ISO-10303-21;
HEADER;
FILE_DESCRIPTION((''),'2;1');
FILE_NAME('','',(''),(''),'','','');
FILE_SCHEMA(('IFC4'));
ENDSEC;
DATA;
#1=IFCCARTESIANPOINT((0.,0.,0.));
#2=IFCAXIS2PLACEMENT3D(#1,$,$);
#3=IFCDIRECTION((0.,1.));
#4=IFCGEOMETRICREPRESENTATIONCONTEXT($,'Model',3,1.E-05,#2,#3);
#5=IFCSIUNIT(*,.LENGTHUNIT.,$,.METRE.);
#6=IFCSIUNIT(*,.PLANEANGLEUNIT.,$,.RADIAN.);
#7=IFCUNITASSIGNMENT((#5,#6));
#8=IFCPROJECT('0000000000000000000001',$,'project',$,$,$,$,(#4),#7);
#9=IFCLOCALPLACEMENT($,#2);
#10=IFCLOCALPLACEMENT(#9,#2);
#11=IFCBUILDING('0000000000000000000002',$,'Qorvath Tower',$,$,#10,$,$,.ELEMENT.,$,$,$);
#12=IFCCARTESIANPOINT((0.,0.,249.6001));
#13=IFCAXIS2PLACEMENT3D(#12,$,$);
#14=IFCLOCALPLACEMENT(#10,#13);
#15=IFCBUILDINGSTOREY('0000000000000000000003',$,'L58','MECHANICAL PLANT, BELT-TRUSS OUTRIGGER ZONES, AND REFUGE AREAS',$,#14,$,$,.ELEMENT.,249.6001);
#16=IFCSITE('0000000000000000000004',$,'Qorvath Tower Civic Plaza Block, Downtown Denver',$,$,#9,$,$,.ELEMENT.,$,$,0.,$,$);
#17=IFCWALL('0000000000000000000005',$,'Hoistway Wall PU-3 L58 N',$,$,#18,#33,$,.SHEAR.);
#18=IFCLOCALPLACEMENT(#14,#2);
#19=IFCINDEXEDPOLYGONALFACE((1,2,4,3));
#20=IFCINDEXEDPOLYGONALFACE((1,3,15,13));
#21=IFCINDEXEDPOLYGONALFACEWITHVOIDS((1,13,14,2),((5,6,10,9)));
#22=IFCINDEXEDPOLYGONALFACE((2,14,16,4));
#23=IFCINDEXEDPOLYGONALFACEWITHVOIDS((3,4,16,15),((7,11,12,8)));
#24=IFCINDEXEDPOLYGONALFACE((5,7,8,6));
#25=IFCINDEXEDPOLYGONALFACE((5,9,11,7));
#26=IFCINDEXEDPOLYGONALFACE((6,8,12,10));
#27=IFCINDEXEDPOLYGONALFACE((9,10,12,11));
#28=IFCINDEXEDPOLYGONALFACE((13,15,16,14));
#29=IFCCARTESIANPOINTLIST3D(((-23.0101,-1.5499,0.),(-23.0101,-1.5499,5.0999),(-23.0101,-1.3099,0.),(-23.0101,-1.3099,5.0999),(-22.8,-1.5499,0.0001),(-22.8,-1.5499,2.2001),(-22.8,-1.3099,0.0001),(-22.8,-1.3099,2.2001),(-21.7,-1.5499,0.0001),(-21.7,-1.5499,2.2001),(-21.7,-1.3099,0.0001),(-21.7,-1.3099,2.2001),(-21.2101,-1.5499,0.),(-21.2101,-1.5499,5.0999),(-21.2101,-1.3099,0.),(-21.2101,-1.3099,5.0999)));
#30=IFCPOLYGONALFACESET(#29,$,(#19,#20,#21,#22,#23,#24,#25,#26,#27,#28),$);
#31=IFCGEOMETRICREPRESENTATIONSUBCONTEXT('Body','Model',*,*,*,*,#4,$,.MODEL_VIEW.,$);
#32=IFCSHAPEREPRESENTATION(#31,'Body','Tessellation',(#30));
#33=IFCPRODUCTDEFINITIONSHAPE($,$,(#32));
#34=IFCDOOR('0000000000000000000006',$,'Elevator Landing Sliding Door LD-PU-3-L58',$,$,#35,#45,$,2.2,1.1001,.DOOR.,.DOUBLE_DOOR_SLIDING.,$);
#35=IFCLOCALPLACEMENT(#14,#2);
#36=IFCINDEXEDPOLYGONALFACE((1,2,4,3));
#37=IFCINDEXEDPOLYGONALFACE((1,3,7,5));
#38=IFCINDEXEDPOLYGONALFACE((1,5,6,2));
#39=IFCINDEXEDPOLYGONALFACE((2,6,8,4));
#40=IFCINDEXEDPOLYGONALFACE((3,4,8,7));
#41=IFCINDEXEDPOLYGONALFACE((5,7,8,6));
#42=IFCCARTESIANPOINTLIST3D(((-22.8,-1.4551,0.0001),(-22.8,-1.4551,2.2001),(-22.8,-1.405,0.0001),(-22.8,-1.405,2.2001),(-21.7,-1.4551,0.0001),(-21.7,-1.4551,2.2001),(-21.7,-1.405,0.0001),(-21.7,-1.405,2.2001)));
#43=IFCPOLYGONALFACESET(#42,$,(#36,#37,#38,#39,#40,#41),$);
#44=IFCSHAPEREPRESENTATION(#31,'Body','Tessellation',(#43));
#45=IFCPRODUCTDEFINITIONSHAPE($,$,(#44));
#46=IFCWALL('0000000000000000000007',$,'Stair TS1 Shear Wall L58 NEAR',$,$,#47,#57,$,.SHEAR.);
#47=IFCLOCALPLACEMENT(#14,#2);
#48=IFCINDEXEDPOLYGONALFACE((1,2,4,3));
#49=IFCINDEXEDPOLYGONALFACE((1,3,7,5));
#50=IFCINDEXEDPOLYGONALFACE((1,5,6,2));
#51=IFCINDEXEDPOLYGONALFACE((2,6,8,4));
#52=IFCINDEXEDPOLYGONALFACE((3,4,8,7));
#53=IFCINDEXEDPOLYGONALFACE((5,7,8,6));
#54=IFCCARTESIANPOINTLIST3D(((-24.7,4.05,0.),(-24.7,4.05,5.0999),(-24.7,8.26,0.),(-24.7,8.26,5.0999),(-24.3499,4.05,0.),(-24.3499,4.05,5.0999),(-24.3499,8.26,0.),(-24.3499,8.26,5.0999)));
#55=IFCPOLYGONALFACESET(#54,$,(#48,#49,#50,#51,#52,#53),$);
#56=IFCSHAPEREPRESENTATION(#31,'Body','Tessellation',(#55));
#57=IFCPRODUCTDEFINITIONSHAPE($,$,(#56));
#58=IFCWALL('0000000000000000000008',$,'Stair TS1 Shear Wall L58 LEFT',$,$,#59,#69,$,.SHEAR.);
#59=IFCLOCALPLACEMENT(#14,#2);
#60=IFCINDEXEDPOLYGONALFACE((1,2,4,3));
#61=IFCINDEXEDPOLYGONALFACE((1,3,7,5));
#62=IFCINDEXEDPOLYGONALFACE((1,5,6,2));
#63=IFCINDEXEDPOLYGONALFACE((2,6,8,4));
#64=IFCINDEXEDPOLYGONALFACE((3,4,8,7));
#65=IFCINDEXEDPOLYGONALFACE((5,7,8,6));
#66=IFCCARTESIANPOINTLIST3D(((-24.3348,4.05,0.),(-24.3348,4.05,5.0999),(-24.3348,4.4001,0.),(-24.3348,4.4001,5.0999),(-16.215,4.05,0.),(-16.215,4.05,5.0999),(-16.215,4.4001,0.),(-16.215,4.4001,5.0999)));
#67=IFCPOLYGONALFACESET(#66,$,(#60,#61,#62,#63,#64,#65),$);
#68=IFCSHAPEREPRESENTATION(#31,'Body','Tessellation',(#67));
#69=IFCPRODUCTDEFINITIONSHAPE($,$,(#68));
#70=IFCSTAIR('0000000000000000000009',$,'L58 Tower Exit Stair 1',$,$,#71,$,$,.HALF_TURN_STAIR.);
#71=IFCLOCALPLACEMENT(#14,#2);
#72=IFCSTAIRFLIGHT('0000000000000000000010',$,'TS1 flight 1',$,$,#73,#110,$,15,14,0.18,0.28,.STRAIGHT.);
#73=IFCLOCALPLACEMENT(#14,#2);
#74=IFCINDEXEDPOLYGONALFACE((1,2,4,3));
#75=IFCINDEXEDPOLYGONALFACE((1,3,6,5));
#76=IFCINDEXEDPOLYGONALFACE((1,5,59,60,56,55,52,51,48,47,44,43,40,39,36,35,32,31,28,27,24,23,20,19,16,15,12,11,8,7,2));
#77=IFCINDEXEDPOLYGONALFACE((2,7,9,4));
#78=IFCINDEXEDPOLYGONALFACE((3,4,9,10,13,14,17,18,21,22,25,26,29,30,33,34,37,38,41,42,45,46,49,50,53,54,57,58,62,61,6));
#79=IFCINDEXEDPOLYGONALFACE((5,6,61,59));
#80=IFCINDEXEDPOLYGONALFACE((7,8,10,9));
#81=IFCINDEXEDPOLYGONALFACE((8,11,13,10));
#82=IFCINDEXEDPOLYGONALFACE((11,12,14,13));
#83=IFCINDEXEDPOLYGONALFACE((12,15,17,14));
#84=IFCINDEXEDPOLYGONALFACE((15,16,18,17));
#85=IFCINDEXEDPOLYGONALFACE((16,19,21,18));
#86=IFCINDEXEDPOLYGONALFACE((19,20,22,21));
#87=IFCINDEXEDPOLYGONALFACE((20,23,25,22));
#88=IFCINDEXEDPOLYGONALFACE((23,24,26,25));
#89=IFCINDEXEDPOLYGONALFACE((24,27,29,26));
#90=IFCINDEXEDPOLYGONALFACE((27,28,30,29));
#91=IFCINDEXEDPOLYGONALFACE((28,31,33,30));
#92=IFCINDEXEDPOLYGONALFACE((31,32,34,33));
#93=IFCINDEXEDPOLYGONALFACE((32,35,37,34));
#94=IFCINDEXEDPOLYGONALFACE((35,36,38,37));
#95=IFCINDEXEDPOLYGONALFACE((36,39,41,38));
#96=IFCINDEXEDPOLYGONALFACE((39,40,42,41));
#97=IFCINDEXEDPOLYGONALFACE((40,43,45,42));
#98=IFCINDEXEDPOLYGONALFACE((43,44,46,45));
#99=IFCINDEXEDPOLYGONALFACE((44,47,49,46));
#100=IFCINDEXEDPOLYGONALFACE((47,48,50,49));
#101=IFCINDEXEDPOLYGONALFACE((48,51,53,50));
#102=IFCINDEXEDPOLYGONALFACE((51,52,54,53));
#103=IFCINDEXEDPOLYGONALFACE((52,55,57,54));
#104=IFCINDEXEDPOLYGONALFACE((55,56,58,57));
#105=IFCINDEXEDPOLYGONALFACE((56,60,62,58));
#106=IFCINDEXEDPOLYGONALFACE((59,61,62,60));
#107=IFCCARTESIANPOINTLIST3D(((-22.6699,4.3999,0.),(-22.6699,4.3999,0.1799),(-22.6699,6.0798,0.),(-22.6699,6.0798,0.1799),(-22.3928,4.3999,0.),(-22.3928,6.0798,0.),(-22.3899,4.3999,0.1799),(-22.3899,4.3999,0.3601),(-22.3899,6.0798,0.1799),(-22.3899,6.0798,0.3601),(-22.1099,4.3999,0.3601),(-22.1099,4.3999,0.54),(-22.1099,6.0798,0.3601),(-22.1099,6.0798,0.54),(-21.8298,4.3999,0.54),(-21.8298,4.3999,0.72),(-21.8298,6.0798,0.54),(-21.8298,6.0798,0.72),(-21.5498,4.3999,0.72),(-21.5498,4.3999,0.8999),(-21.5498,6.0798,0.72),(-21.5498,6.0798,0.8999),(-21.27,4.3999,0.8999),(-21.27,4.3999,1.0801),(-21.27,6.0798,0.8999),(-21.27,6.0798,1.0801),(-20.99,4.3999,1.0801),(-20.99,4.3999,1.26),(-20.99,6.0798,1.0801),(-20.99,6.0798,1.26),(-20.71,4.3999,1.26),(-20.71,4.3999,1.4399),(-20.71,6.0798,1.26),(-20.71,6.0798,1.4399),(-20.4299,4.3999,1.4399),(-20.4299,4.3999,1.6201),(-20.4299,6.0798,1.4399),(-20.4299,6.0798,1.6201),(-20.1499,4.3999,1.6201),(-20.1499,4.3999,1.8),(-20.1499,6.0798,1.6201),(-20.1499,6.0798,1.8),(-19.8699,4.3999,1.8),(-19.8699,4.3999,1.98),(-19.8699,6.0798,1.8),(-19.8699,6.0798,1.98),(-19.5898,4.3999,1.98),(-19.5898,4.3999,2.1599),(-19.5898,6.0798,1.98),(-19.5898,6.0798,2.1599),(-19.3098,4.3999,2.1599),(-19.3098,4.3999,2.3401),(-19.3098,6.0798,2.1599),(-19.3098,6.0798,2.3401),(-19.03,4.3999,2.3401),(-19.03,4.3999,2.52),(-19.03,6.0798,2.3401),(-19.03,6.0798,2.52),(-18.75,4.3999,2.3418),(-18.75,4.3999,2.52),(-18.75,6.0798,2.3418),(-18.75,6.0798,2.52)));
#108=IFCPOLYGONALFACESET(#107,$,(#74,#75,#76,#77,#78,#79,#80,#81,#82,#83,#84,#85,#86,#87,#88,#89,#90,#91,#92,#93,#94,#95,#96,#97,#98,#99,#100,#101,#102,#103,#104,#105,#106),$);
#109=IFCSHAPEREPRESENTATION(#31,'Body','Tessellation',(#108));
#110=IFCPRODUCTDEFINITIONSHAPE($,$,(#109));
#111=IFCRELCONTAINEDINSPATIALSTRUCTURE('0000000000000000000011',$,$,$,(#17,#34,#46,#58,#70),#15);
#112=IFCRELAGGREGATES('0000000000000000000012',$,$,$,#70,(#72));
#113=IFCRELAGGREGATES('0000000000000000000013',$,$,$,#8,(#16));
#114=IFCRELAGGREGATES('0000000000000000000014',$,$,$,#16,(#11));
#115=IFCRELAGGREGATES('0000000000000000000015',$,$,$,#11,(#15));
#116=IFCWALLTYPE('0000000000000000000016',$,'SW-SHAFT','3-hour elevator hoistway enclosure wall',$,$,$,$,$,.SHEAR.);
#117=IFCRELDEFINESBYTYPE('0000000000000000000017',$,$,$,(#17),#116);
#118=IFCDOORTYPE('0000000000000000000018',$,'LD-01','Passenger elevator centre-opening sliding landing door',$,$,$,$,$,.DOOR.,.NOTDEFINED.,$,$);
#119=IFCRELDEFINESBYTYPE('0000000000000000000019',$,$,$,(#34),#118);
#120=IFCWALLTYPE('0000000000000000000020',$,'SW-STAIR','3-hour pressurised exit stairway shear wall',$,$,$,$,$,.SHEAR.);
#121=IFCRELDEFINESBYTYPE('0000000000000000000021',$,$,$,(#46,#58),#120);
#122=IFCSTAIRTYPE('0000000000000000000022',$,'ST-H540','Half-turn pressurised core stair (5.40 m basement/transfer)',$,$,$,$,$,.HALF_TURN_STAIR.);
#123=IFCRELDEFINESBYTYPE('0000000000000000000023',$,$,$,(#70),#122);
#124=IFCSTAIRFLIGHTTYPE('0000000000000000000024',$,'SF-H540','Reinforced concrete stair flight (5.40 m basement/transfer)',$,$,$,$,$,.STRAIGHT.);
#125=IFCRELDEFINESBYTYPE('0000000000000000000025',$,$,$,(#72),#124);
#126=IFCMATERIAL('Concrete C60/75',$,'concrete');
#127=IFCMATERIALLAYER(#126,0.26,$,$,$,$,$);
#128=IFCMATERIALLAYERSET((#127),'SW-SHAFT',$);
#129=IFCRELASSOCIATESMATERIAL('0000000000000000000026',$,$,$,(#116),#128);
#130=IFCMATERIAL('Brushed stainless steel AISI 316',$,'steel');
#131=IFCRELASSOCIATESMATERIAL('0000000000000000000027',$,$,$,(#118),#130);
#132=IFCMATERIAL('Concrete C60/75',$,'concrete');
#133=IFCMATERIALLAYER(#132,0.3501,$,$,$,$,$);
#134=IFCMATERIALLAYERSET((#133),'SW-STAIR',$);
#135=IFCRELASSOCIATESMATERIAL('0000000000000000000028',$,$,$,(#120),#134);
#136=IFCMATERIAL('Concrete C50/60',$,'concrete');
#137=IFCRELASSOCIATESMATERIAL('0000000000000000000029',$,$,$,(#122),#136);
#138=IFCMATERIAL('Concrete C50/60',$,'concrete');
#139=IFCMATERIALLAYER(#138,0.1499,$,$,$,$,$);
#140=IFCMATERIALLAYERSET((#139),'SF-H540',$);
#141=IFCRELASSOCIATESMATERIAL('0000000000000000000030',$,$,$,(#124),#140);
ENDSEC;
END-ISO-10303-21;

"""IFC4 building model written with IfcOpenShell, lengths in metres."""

from ifc_helpers import new_model, si_unit, direction, frame, frame_2d, origin, place, context, subcontext, project, spatial, polyline, rectangle, outline, extrude, material, layer, layer_set, type_object, element, fill, aggregate, save


model = new_model("IFC4")

# Units and contexts
model_context = context("Model", 3, precision=1e-05, world=origin(), true_north=direction((0.0, 1.0)))
body_context = subcontext(model_context, "Body", "Model", "MODEL_VIEW")
ifc_project = project(units=[si_unit("LENGTHUNIT", "METRE"), si_unit("PLANEANGLEUNIT", "RADIAN")], contexts=[model_context])

# Site, building, storey
site_placement = place(None, origin())
site = spatial("IfcSite", under=ifc_project, at=site_placement, Name="Qorvath Tower Civic Plaza Block, Downtown Denver", CompositionType="ELEMENT", RefElevation=0.0)
building_placement = place(site_placement, origin())
building = spatial("IfcBuilding", under=site, at=building_placement, Name="Qorvath Tower", CompositionType="ELEMENT")
storey_placement = place(building_placement, frame((0.0, 0.0, 249.6001)))
storey = spatial("IfcBuildingStorey", under=building, at=storey_placement, Name="L58", Description="MECHANICAL PLANT, BELT-TRUSS OUTRIGGER ZONES, AND REFUGE AREAS", CompositionType="ELEMENT", Elevation=249.6001)

# Shared definitions
ifc_material_1 = material(Name="Concrete C60/75", Category="concrete")
ifc_layer_1 = layer(ifc_material_1, 0.26)
ifc_layer_set_1 = layer_set([ifc_layer_1], Name="SW-SHAFT")
wall_type_1 = type_object("IfcWallType", Name="SW-SHAFT", Description="3-hour elevator hoistway enclosure wall", PredefinedType="SHEAR", material=ifc_layer_set_1)

# Shared definitions
ifc_material_2 = material(Name="Brushed stainless steel AISI 316", Category="steel")
door_type_1 = type_object("IfcDoorType", Name="LD-01", Description="Passenger elevator centre-opening sliding landing door", OperationType="NOTDEFINED", PredefinedType="DOOR", material=ifc_material_2)

# Wall, opening, door
wall_1_placement = place(storey_placement, frame((-23.01, -1.4299, 0.0), z_axis=(0.0, 0.0, 1.0), x_axis=(1.0, 0.0, 0.0)))
wall_1 = element("IfcWall", 1, at=wall_1_placement, inside=storey, type_object=wall_type_1, Name="Hoistway Wall PU-3 L58 N", PredefinedType="SHEAR", context=body_context, shape_type="SweptSolid", body=[
    extrude(rectangle(XDim=1.8, YDim=0.24, at=frame_2d((0.8999, 0.0))), origin(), (0.0, 0.0, 1.0), 5.0999),
])
opening_1_placement = place(wall_1_placement, frame((0.21, 0.0, 0.0)))
opening_1 = element("IfcOpeningElement", 2, at=opening_1_placement, cuts=wall_1, PredefinedType="OPENING", context=body_context, shape_type="SweptSolid", body=[
    extrude(rectangle(XDim=1.1001, YDim=2.2, at=frame_2d((0.55, 1.1001))), frame((0.0, 0.1299, 0.0), z_axis=(0.0, -1.0, 0.0), x_axis=(1.0, 0.0, 0.0)), (0.0, 0.0, 1.0), 0.26),
])
door_1_placement = place(opening_1_placement, origin())
door_1 = element("IfcDoor", 3, at=door_1_placement, inside=storey, type_object=door_type_1, Name="Elevator Landing Sliding Door LD-PU-3-L58", OperationType="DOUBLE_DOOR_SLIDING", OverallHeight=2.2, OverallWidth=1.1001, PredefinedType="DOOR", context=body_context, shape_type="SweptSolid", body=[
    extrude(rectangle(XDim=1.1001, YDim=2.2, at=frame_2d((0.55, 1.1001))), frame((0.0, 0.0249, 0.0), z_axis=(0.0, -1.0, 0.0), x_axis=(1.0, 0.0, 0.0)), (0.0, 0.0, 1.0), 0.05),
])
fill(opening_1, door_1)

# Walls
ifc_material_3 = material(Name="Concrete C60/75", Category="concrete")
ifc_layer_2 = layer(ifc_material_3, 0.3501)
ifc_layer_set_2 = layer_set([ifc_layer_2], Name="SW-STAIR")
wall_type_2 = type_object("IfcWallType", Name="SW-STAIR", Description="3-hour pressurised exit stairway shear wall", PredefinedType="SHEAR", material=ifc_layer_set_2)
wall_2_placement = place(storey_placement, frame((-24.5249, 8.26, 0.0), z_axis=(0.0, 0.0, 1.0), x_axis=(0.0, -1.0, 0.0)))
element("IfcWall", 4, at=wall_2_placement, inside=storey, type_object=wall_type_2, Name="Stair TS1 Shear Wall L58 NEAR", PredefinedType="SHEAR", context=body_context, shape_type="SweptSolid", body=[
    extrude(rectangle(XDim=4.21, YDim=0.3501, at=frame_2d((2.105, 0.0))), origin(), (0.0, 0.0, 1.0), 5.0999),
])
wall_3_placement = place(storey_placement, frame((-24.335, 4.2251, 0.0), z_axis=(0.0, 0.0, 1.0), x_axis=(1.0, 0.0, 0.0)))
element("IfcWall", 5, at=wall_3_placement, inside=storey, type_object=wall_type_2, Name="Stair TS1 Shear Wall L58 LEFT", PredefinedType="SHEAR", context=body_context, shape_type="SweptSolid", body=[
    extrude(rectangle(XDim=8.1199, YDim=0.3501, at=frame_2d((4.0601, 0.0))), origin(), (0.0, 0.0, 1.0), 5.0999),
])

# Stair, stair flight
ifc_material_4 = material(Name="Concrete C50/60", Category="concrete")
stair_type = type_object("IfcStairType", Name="ST-H540", Description="Half-turn pressurised core stair (5.40 m basement/transfer)", PredefinedType="HALF_TURN_STAIR", material=ifc_material_4)
stair_placement = place(storey_placement, origin())
stair = element("IfcStair", 6, at=stair_placement, inside=storey, type_object=stair_type, Name="L58 Tower Exit Stair 1", PredefinedType="HALF_TURN_STAIR")
ifc_material_5 = material(Name="Concrete C50/60", Category="concrete")
ifc_layer_3 = layer(ifc_material_5, 0.1499)
ifc_layer_set_3 = layer_set([ifc_layer_3], Name="SF-H540")
stair_flight_type = type_object("IfcStairFlightType", Name="SF-H540", Description="Reinforced concrete stair flight (5.40 m basement/transfer)", PredefinedType="STRAIGHT", material=ifc_layer_set_3)
stair_flight_placement = place(storey_placement, frame((-22.6699, 5.24, 0.0), z_axis=(0.0, 0.0, 1.0), x_axis=(1.0, 0.0, 0.0)))
stair_flight = element("IfcStairFlight", 7, at=stair_flight_placement, type_object=stair_flight_type, Name="TS1 flight 1", NumberOfRisers=15, NumberOfTreads=14, PredefinedType="STRAIGHT", RiserHeight=0.18, TreadLength=0.28, context=body_context, shape_type="SweptSolid", body=[
    extrude(outline(polyline([(0.0, 0.0), (0.0, 0.1799), (0.28, 0.1799), (0.28, 0.3601), (0.5601, 0.3601), (0.5601, 0.54), (0.8401, 0.54), (0.8401, 0.72), (1.1201, 0.72), (1.1201, 0.8999), (1.3999, 0.8999), (1.3999, 1.0801), (1.6799, 1.0801), (1.6799, 1.26), (1.96, 1.26), (1.96, 1.4399), (2.24, 1.4399), (2.24, 1.6201), (2.52, 1.6201), (2.52, 1.8), (2.8, 1.8), (2.8, 1.98), (3.0801, 1.98), (3.0801, 2.1599), (3.3601, 2.1599), (3.3601, 2.3401), (3.6399, 2.3401), (3.6399, 2.52), (3.9199, 2.52), (3.9199, 2.7), (3.9199, 2.3418), (0.2771, 0.0), (0.0, 0.0)])), frame((0.0, 0.8398, 0.0), z_axis=(0.0, -1.0, 0.0), x_axis=(1.0, 0.0, 0.0)), (0.0, 0.0, 1.0), 1.6799),
])
aggregate(stair, [stair_flight])

save(model, "model.ifc")
